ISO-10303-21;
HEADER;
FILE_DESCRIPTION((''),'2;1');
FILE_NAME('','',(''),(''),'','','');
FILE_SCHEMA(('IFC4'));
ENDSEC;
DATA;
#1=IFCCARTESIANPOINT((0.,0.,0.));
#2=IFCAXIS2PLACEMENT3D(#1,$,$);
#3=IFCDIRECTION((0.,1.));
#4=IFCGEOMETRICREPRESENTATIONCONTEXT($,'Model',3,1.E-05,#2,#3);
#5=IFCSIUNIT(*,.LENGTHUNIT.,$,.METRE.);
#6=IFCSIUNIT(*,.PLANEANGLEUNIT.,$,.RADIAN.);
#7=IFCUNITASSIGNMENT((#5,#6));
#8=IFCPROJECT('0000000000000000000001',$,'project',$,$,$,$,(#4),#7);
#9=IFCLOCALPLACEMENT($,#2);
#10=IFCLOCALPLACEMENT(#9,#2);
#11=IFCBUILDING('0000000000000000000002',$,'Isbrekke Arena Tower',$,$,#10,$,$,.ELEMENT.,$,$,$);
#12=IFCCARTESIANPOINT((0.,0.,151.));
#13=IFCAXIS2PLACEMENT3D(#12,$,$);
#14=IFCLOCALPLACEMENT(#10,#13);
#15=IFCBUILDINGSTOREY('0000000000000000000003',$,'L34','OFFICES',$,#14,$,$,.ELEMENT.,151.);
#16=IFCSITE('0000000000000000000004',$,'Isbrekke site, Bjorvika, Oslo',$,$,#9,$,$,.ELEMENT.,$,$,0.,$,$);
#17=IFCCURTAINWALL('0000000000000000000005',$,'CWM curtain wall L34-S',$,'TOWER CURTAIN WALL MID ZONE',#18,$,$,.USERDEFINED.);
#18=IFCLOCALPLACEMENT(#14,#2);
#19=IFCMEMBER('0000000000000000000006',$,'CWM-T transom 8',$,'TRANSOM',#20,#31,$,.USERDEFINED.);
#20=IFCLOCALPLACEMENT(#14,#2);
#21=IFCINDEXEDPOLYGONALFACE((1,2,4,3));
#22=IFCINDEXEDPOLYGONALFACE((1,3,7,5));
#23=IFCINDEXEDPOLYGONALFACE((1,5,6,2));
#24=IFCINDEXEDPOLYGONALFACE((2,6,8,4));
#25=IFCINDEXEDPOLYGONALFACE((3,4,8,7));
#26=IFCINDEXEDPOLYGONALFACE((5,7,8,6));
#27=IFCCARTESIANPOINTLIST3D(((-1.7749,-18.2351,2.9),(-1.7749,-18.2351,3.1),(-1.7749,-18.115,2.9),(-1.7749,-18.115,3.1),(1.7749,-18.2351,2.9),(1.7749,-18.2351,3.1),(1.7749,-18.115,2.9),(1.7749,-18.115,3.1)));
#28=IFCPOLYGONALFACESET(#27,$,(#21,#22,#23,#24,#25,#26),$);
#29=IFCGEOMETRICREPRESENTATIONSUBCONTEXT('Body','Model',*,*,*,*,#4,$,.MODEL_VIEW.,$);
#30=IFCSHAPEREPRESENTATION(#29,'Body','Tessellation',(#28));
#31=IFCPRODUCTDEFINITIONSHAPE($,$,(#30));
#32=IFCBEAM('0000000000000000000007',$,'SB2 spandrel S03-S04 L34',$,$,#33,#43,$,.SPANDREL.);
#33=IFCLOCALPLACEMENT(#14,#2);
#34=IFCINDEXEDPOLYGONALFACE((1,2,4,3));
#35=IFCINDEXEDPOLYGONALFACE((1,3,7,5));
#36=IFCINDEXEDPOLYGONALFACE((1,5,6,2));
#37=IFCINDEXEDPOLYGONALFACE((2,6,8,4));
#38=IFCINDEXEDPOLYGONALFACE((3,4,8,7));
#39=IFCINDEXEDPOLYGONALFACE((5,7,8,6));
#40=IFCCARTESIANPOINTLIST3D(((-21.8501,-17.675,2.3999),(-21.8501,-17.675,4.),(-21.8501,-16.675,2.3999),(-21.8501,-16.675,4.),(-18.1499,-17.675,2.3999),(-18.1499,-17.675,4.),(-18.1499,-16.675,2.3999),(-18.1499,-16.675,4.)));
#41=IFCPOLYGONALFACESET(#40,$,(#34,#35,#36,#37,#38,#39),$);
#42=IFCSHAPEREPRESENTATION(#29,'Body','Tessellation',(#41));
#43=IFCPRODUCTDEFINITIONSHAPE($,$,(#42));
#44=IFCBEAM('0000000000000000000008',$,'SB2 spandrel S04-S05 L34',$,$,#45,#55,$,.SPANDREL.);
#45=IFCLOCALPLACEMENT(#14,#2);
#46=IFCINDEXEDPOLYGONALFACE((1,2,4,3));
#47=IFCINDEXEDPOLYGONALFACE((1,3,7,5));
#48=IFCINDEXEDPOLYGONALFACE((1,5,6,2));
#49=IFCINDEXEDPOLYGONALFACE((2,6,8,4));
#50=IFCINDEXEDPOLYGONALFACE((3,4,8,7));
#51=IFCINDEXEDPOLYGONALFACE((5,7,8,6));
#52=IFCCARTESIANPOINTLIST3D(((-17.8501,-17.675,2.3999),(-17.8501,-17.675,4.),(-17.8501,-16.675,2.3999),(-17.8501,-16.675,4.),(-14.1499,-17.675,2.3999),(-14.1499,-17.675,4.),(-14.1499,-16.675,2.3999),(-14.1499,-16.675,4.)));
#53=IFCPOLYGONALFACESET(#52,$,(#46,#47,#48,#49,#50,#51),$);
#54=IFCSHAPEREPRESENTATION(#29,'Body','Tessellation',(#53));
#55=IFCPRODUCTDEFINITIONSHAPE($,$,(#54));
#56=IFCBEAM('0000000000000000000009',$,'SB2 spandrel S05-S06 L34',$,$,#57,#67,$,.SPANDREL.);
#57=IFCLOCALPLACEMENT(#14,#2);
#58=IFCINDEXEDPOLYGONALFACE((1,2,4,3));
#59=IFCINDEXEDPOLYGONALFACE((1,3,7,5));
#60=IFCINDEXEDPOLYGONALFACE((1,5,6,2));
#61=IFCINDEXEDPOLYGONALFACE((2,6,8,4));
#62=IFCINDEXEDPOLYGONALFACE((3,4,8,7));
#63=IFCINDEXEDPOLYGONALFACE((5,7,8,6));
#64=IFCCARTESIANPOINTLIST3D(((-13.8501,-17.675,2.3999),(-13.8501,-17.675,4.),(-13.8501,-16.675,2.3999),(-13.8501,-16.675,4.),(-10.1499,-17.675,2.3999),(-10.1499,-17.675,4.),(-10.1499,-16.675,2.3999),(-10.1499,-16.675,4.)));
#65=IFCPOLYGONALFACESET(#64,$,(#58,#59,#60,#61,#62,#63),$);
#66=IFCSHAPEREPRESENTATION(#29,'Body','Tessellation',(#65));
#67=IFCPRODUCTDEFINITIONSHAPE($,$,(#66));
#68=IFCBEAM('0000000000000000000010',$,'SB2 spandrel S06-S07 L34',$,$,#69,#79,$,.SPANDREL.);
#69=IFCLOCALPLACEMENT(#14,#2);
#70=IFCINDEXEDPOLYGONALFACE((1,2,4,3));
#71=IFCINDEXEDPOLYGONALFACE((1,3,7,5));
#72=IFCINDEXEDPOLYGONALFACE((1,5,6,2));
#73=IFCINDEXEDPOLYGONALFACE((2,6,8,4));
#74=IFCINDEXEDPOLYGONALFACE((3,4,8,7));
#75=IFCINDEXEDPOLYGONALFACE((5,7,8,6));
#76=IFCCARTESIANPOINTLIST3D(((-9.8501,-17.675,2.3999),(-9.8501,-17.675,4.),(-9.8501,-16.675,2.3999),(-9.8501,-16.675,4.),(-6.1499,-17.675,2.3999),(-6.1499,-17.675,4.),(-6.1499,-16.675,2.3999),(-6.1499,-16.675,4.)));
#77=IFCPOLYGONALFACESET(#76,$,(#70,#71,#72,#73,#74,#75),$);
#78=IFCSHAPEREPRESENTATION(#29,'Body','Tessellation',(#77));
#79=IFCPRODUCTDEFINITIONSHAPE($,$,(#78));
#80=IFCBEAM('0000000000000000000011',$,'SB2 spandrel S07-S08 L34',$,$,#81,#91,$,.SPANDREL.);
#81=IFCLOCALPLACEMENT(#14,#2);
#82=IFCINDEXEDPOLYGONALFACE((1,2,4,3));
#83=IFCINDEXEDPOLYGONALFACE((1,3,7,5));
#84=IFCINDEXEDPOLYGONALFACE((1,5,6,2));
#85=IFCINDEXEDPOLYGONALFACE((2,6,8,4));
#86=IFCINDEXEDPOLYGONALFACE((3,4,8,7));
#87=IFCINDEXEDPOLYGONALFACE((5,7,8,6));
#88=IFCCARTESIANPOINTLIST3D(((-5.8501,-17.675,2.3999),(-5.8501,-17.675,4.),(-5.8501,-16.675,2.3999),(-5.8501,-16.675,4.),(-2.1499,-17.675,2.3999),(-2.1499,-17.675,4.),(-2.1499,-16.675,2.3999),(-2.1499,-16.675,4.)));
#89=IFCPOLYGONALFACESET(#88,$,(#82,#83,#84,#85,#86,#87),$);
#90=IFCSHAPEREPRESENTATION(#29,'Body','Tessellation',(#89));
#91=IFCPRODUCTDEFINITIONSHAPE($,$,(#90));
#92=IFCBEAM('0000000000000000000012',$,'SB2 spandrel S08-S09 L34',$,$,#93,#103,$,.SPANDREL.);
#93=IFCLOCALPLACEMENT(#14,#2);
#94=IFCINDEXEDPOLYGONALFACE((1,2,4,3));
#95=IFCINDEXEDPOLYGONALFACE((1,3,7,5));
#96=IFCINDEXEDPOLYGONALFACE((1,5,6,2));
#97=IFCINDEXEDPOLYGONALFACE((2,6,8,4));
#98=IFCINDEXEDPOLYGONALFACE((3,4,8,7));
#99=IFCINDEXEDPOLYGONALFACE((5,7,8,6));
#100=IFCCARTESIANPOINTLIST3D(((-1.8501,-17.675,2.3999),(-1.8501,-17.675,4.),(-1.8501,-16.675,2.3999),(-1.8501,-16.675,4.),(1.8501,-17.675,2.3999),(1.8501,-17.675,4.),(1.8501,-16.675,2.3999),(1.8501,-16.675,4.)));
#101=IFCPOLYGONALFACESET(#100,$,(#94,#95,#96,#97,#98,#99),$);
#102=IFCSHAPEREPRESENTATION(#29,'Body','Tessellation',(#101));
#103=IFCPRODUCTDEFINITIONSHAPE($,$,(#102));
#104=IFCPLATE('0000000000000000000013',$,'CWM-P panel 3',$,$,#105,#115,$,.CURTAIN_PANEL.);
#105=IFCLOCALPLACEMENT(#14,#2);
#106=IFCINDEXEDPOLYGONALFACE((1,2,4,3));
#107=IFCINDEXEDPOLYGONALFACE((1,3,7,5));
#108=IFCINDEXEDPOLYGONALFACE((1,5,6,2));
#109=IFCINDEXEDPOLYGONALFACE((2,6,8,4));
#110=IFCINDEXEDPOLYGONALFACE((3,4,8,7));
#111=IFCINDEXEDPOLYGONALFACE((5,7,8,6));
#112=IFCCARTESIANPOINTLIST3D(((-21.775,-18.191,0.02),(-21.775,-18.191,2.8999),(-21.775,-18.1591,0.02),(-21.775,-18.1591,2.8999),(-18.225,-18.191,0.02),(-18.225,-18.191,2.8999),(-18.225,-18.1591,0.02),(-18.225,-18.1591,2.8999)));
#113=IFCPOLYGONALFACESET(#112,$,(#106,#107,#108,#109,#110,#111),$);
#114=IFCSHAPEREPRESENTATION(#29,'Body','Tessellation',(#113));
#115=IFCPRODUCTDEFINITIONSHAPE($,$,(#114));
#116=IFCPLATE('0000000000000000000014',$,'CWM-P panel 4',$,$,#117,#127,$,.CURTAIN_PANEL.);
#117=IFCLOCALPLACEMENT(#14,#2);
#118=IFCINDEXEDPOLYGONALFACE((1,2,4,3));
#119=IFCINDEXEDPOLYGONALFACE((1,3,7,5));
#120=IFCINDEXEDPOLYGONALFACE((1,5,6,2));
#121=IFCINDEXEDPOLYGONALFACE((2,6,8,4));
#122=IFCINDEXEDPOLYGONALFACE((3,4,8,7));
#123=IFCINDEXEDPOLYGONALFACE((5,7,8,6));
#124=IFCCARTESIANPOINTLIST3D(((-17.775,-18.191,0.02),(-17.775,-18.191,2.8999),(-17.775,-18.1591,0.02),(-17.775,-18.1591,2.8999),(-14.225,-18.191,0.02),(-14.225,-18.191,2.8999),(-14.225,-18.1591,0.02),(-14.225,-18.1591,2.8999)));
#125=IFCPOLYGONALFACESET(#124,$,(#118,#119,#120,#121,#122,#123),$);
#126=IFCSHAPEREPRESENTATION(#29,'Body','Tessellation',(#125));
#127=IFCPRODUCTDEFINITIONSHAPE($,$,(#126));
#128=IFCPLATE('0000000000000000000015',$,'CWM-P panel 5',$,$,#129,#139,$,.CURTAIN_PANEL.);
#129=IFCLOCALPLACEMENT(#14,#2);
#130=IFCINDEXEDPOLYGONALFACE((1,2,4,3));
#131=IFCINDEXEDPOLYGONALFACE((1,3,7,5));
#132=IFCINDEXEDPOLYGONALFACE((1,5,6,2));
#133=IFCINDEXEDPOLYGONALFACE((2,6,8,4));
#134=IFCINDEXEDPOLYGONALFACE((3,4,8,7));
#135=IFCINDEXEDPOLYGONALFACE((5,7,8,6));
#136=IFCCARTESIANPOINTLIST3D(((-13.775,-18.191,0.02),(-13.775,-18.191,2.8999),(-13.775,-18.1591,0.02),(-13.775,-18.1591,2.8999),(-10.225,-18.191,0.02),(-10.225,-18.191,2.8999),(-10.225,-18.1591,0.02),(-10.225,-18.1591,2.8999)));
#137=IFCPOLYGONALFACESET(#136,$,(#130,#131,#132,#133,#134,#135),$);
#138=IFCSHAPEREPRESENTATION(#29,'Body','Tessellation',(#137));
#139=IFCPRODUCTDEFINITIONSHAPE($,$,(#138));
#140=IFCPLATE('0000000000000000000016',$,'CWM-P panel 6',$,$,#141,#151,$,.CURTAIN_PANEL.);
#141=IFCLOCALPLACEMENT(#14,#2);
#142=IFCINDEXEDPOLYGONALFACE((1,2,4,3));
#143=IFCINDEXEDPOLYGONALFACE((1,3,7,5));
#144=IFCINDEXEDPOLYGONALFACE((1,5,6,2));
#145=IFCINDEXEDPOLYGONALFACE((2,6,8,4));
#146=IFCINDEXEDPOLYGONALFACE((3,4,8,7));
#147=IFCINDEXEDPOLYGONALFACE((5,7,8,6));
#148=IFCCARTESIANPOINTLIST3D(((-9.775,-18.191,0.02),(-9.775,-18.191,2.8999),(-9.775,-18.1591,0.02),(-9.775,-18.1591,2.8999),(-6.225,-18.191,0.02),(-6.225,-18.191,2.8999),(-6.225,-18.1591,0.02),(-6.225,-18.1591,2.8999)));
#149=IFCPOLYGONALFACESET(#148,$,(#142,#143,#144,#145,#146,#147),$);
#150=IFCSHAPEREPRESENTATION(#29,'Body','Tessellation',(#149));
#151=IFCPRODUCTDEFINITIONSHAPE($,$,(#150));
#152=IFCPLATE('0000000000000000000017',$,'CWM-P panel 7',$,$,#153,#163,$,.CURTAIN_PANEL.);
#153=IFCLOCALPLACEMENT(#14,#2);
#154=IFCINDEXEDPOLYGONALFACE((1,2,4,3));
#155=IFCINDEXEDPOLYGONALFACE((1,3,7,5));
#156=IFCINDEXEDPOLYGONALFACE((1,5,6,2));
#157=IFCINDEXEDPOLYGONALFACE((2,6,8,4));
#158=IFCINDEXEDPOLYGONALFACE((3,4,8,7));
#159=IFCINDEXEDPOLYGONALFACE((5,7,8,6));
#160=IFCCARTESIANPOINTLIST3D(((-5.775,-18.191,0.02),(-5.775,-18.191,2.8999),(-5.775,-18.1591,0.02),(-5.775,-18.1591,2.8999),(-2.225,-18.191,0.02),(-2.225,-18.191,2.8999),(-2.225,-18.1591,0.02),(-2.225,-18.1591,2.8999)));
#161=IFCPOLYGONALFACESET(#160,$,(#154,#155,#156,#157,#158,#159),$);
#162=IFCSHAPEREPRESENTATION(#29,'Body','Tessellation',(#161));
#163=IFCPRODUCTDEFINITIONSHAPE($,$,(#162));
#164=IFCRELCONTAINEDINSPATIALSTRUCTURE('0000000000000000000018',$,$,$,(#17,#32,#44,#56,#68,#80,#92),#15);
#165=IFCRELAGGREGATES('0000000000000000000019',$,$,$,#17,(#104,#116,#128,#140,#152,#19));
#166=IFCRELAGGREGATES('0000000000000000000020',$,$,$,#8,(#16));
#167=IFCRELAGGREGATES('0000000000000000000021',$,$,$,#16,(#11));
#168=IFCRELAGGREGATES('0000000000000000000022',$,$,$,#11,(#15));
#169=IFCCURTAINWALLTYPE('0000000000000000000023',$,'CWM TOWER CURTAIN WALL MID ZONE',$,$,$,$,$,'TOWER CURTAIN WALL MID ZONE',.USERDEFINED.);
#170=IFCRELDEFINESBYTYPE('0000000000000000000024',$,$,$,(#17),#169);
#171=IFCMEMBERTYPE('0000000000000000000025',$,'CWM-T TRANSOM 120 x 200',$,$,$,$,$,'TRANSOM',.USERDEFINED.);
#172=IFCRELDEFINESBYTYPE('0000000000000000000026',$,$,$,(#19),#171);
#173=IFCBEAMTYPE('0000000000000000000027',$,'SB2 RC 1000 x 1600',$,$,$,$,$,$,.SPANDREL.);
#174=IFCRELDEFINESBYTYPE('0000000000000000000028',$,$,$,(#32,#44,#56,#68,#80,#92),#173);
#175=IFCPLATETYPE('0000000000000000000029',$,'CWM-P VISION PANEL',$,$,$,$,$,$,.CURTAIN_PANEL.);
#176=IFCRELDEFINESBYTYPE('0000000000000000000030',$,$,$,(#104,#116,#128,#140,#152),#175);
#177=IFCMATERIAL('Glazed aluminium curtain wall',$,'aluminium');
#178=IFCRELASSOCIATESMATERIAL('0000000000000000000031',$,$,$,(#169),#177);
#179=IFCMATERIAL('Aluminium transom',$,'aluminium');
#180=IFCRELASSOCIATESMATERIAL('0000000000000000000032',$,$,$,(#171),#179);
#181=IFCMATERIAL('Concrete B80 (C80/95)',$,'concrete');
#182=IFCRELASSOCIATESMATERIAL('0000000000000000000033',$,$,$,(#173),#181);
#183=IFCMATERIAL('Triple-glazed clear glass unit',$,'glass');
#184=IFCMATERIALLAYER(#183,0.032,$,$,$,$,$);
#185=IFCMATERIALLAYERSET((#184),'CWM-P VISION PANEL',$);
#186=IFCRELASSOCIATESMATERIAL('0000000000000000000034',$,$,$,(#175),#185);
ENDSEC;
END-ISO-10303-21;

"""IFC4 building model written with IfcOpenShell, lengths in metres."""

from ifc_helpers import new_model, si_unit, direction, frame, origin, origin_2d, place, context, subcontext, project, spatial, rectangle, extrude, material, layer, layer_set, material_profile, profile_set, type_object, element, aggregate, save


model = new_model("IFC4")

# Units and contexts
model_context = context("Model", 3, precision=1e-05, world=origin(), true_north=direction((0.0, 1.0)))
body_context = subcontext(model_context, "Body", "Model", "MODEL_VIEW")
ifc_project = project(units=[si_unit("LENGTHUNIT", "METRE"), si_unit("PLANEANGLEUNIT", "RADIAN")], contexts=[model_context])

# Site, building, storey
site_placement = place(None, origin())
site = spatial("IfcSite", under=ifc_project, at=site_placement, Name="Isbrekke site, Bjorvika, Oslo", CompositionType="ELEMENT", RefElevation=0.0)
building_placement = place(site_placement, origin())
building = spatial("IfcBuilding", under=site, at=building_placement, Name="Isbrekke Arena Tower", CompositionType="ELEMENT")
storey_placement = place(building_placement, frame((0.0, 0.0, 151.0)))
storey = spatial("IfcBuildingStorey", under=building, at=storey_placement, Name="L34", Description="OFFICES", CompositionType="ELEMENT", Elevation=151.0)

# Curtain wall, member
ifc_material_1 = material(Name="Glazed aluminium curtain wall", Category="aluminium")
curtain_wall_type = type_object("IfcCurtainWallType", Name="CWM TOWER CURTAIN WALL MID ZONE", ElementType="TOWER CURTAIN WALL MID ZONE", PredefinedType="USERDEFINED", material=ifc_material_1)
curtain_wall_placement = place(storey_placement, origin())
curtain_wall = element("IfcCurtainWall", 1, at=curtain_wall_placement, inside=storey, type_object=curtain_wall_type, Name="CWM curtain wall L34-S", ObjectType="TOWER CURTAIN WALL MID ZONE", PredefinedType="USERDEFINED")
ifc_material_2 = material(Name="Aluminium transom", Category="aluminium")
ifc_material_profile_1 = material_profile(ifc_material_2, rectangle(XDim=0.1201, YDim=0.2, at=origin_2d()), Name="TRANSOM 120X200")
ifc_profile_set_1 = profile_set([ifc_material_profile_1], Name="Aluminium transom")
member_type_1 = type_object("IfcMemberType", Name="CWM-T TRANSOM 120 x 200", ElementType="TRANSOM", PredefinedType="USERDEFINED", material=ifc_profile_set_1)
member_1_placement = place(storey_placement, frame((-1.7749, -18.175, 3.0), z_axis=(1.0, 0.0, 0.0), x_axis=(0.0, 1.0, 0.0)))
member_1 = element("IfcMember", 2, at=member_1_placement, type_object=member_type_1, Name="CWM-T transom 8", ObjectType="TRANSOM", PredefinedType="USERDEFINED", context=body_context, shape_type="SweptSolid", body=[
    extrude(rectangle(XDim=0.1201, YDim=0.2, at=origin_2d()), origin(), (0.0, 0.0, 1.0), 3.5498),
])

# Beams
ifc_material_3 = material(Name="Concrete B80 (C80/95)", Category="concrete")
ifc_material_profile_2 = material_profile(ifc_material_3, rectangle(XDim=1.0, YDim=1.6001, at=origin_2d()), Name="RC 1000x1600")
ifc_profile_set_2 = profile_set([ifc_material_profile_2], Name="Concrete B80 (C80/95)")
beam_type = type_object("IfcBeamType", Name="SB2 RC 1000 x 1600", PredefinedType="SPANDREL", material=ifc_profile_set_2)
for number, where, z_axis, x_axis, name in (
    (3, (-21.8501, -17.175, 3.2), (1.0, 0.0, 0.0), (0.0, 1.0, 0.0), "SB2 spandrel S03-S04 L34"),
    (4, (-17.8501, -17.175, 3.2), (1.0, 0.0, 0.0), (0.0, 1.0, 0.0), "SB2 spandrel S04-S05 L34"),
    (5, (-13.8501, -17.175, 3.2), (1.0, 0.0, 0.0), (0.0, 1.0, 0.0), "SB2 spandrel S05-S06 L34"),
    (6, (-9.8501, -17.175, 3.2), (1.0, 0.0, 0.0), (0.0, 1.0, 0.0), "SB2 spandrel S06-S07 L34"),
    (7, (-5.8501, -17.175, 3.2), (1.0, 0.0, 0.0), (0.0, 1.0, 0.0), "SB2 spandrel S07-S08 L34"),
    (8, (-1.8501, -17.175, 3.2), (1.0, 0.0, 0.0), (0.0, 1.0, 0.0), "SB2 spandrel S08-S09 L34"),
):
    element("IfcBeam", number, at=place(storey_placement, frame(where, z_axis=z_axis, x_axis=x_axis)), inside=storey, type_object=beam_type, Name=name, PredefinedType="SPANDREL", context=body_context, shape_type="SweptSolid", body=[
        extrude(rectangle(XDim=1.0, YDim=1.6001, at=origin_2d()), origin(), (0.0, 0.0, 1.0), 3.7002),
    ])

# Plates
ifc_material_4 = material(Name="Triple-glazed clear glass unit", Category="glass")
ifc_layer = layer(ifc_material_4, 0.032)
ifc_layer_set = layer_set([ifc_layer], Name="CWM-P VISION PANEL")
plate_type = type_object("IfcPlateType", Name="CWM-P VISION PANEL", PredefinedType="CURTAIN_PANEL", material=ifc_layer_set)
plate_1_placement = place(storey_placement, frame((-20.0, -18.175, 0.02), z_axis=(0.0, 0.0, 1.0), x_axis=(1.0, 0.0, 0.0)))
plate_1 = element("IfcPlate", 9, at=plate_1_placement, type_object=plate_type, Name="CWM-P panel 3", PredefinedType="CURTAIN_PANEL", context=body_context, shape_type="SweptSolid", body=[
    extrude(rectangle(XDim=3.55, YDim=0.032, at=origin_2d()), origin(), (0.0, 0.0, 1.0), 2.8799),
])
plate_2_placement = place(storey_placement, frame((-16.0, -18.175, 0.02), z_axis=(0.0, 0.0, 1.0), x_axis=(1.0, 0.0, 0.0)))
plate_2 = element("IfcPlate", 10, at=plate_2_placement, type_object=plate_type, Name="CWM-P panel 4", PredefinedType="CURTAIN_PANEL", context=body_context, shape_type="SweptSolid", body=[
    extrude(rectangle(XDim=3.55, YDim=0.032, at=origin_2d()), origin(), (0.0, 0.0, 1.0), 2.8799),
])
plate_3_placement = place(storey_placement, frame((-12.0, -18.175, 0.02), z_axis=(0.0, 0.0, 1.0), x_axis=(1.0, 0.0, 0.0)))
plate_3 = element("IfcPlate", 11, at=plate_3_placement, type_object=plate_type, Name="CWM-P panel 5", PredefinedType="CURTAIN_PANEL", context=body_context, shape_type="SweptSolid", body=[
    extrude(rectangle(XDim=3.55, YDim=0.032, at=origin_2d()), origin(), (0.0, 0.0, 1.0), 2.8799),
])
plate_4_placement = place(storey_placement, frame((-8.0, -18.175, 0.02), z_axis=(0.0, 0.0, 1.0), x_axis=(1.0, 0.0, 0.0)))
plate_4 = element("IfcPlate", 12, at=plate_4_placement, type_object=plate_type, Name="CWM-P panel 6", PredefinedType="CURTAIN_PANEL", context=body_context, shape_type="SweptSolid", body=[
    extrude(rectangle(XDim=3.55, YDim=0.032, at=origin_2d()), origin(), (0.0, 0.0, 1.0), 2.8799),
])
plate_5_placement = place(storey_placement, frame((-4.0, -18.175, 0.02), z_axis=(0.0, 0.0, 1.0), x_axis=(1.0, 0.0, 0.0)))
plate_5 = element("IfcPlate", 13, at=plate_5_placement, type_object=plate_type, Name="CWM-P panel 7", PredefinedType="CURTAIN_PANEL", context=body_context, shape_type="SweptSolid", body=[
    extrude(rectangle(XDim=3.55, YDim=0.032, at=origin_2d()), origin(), (0.0, 0.0, 1.0), 2.8799),
])
aggregate(curtain_wall, [plate_1, plate_2, plate_3, plate_4, plate_5, member_1])

save(model, "model.ifc")
